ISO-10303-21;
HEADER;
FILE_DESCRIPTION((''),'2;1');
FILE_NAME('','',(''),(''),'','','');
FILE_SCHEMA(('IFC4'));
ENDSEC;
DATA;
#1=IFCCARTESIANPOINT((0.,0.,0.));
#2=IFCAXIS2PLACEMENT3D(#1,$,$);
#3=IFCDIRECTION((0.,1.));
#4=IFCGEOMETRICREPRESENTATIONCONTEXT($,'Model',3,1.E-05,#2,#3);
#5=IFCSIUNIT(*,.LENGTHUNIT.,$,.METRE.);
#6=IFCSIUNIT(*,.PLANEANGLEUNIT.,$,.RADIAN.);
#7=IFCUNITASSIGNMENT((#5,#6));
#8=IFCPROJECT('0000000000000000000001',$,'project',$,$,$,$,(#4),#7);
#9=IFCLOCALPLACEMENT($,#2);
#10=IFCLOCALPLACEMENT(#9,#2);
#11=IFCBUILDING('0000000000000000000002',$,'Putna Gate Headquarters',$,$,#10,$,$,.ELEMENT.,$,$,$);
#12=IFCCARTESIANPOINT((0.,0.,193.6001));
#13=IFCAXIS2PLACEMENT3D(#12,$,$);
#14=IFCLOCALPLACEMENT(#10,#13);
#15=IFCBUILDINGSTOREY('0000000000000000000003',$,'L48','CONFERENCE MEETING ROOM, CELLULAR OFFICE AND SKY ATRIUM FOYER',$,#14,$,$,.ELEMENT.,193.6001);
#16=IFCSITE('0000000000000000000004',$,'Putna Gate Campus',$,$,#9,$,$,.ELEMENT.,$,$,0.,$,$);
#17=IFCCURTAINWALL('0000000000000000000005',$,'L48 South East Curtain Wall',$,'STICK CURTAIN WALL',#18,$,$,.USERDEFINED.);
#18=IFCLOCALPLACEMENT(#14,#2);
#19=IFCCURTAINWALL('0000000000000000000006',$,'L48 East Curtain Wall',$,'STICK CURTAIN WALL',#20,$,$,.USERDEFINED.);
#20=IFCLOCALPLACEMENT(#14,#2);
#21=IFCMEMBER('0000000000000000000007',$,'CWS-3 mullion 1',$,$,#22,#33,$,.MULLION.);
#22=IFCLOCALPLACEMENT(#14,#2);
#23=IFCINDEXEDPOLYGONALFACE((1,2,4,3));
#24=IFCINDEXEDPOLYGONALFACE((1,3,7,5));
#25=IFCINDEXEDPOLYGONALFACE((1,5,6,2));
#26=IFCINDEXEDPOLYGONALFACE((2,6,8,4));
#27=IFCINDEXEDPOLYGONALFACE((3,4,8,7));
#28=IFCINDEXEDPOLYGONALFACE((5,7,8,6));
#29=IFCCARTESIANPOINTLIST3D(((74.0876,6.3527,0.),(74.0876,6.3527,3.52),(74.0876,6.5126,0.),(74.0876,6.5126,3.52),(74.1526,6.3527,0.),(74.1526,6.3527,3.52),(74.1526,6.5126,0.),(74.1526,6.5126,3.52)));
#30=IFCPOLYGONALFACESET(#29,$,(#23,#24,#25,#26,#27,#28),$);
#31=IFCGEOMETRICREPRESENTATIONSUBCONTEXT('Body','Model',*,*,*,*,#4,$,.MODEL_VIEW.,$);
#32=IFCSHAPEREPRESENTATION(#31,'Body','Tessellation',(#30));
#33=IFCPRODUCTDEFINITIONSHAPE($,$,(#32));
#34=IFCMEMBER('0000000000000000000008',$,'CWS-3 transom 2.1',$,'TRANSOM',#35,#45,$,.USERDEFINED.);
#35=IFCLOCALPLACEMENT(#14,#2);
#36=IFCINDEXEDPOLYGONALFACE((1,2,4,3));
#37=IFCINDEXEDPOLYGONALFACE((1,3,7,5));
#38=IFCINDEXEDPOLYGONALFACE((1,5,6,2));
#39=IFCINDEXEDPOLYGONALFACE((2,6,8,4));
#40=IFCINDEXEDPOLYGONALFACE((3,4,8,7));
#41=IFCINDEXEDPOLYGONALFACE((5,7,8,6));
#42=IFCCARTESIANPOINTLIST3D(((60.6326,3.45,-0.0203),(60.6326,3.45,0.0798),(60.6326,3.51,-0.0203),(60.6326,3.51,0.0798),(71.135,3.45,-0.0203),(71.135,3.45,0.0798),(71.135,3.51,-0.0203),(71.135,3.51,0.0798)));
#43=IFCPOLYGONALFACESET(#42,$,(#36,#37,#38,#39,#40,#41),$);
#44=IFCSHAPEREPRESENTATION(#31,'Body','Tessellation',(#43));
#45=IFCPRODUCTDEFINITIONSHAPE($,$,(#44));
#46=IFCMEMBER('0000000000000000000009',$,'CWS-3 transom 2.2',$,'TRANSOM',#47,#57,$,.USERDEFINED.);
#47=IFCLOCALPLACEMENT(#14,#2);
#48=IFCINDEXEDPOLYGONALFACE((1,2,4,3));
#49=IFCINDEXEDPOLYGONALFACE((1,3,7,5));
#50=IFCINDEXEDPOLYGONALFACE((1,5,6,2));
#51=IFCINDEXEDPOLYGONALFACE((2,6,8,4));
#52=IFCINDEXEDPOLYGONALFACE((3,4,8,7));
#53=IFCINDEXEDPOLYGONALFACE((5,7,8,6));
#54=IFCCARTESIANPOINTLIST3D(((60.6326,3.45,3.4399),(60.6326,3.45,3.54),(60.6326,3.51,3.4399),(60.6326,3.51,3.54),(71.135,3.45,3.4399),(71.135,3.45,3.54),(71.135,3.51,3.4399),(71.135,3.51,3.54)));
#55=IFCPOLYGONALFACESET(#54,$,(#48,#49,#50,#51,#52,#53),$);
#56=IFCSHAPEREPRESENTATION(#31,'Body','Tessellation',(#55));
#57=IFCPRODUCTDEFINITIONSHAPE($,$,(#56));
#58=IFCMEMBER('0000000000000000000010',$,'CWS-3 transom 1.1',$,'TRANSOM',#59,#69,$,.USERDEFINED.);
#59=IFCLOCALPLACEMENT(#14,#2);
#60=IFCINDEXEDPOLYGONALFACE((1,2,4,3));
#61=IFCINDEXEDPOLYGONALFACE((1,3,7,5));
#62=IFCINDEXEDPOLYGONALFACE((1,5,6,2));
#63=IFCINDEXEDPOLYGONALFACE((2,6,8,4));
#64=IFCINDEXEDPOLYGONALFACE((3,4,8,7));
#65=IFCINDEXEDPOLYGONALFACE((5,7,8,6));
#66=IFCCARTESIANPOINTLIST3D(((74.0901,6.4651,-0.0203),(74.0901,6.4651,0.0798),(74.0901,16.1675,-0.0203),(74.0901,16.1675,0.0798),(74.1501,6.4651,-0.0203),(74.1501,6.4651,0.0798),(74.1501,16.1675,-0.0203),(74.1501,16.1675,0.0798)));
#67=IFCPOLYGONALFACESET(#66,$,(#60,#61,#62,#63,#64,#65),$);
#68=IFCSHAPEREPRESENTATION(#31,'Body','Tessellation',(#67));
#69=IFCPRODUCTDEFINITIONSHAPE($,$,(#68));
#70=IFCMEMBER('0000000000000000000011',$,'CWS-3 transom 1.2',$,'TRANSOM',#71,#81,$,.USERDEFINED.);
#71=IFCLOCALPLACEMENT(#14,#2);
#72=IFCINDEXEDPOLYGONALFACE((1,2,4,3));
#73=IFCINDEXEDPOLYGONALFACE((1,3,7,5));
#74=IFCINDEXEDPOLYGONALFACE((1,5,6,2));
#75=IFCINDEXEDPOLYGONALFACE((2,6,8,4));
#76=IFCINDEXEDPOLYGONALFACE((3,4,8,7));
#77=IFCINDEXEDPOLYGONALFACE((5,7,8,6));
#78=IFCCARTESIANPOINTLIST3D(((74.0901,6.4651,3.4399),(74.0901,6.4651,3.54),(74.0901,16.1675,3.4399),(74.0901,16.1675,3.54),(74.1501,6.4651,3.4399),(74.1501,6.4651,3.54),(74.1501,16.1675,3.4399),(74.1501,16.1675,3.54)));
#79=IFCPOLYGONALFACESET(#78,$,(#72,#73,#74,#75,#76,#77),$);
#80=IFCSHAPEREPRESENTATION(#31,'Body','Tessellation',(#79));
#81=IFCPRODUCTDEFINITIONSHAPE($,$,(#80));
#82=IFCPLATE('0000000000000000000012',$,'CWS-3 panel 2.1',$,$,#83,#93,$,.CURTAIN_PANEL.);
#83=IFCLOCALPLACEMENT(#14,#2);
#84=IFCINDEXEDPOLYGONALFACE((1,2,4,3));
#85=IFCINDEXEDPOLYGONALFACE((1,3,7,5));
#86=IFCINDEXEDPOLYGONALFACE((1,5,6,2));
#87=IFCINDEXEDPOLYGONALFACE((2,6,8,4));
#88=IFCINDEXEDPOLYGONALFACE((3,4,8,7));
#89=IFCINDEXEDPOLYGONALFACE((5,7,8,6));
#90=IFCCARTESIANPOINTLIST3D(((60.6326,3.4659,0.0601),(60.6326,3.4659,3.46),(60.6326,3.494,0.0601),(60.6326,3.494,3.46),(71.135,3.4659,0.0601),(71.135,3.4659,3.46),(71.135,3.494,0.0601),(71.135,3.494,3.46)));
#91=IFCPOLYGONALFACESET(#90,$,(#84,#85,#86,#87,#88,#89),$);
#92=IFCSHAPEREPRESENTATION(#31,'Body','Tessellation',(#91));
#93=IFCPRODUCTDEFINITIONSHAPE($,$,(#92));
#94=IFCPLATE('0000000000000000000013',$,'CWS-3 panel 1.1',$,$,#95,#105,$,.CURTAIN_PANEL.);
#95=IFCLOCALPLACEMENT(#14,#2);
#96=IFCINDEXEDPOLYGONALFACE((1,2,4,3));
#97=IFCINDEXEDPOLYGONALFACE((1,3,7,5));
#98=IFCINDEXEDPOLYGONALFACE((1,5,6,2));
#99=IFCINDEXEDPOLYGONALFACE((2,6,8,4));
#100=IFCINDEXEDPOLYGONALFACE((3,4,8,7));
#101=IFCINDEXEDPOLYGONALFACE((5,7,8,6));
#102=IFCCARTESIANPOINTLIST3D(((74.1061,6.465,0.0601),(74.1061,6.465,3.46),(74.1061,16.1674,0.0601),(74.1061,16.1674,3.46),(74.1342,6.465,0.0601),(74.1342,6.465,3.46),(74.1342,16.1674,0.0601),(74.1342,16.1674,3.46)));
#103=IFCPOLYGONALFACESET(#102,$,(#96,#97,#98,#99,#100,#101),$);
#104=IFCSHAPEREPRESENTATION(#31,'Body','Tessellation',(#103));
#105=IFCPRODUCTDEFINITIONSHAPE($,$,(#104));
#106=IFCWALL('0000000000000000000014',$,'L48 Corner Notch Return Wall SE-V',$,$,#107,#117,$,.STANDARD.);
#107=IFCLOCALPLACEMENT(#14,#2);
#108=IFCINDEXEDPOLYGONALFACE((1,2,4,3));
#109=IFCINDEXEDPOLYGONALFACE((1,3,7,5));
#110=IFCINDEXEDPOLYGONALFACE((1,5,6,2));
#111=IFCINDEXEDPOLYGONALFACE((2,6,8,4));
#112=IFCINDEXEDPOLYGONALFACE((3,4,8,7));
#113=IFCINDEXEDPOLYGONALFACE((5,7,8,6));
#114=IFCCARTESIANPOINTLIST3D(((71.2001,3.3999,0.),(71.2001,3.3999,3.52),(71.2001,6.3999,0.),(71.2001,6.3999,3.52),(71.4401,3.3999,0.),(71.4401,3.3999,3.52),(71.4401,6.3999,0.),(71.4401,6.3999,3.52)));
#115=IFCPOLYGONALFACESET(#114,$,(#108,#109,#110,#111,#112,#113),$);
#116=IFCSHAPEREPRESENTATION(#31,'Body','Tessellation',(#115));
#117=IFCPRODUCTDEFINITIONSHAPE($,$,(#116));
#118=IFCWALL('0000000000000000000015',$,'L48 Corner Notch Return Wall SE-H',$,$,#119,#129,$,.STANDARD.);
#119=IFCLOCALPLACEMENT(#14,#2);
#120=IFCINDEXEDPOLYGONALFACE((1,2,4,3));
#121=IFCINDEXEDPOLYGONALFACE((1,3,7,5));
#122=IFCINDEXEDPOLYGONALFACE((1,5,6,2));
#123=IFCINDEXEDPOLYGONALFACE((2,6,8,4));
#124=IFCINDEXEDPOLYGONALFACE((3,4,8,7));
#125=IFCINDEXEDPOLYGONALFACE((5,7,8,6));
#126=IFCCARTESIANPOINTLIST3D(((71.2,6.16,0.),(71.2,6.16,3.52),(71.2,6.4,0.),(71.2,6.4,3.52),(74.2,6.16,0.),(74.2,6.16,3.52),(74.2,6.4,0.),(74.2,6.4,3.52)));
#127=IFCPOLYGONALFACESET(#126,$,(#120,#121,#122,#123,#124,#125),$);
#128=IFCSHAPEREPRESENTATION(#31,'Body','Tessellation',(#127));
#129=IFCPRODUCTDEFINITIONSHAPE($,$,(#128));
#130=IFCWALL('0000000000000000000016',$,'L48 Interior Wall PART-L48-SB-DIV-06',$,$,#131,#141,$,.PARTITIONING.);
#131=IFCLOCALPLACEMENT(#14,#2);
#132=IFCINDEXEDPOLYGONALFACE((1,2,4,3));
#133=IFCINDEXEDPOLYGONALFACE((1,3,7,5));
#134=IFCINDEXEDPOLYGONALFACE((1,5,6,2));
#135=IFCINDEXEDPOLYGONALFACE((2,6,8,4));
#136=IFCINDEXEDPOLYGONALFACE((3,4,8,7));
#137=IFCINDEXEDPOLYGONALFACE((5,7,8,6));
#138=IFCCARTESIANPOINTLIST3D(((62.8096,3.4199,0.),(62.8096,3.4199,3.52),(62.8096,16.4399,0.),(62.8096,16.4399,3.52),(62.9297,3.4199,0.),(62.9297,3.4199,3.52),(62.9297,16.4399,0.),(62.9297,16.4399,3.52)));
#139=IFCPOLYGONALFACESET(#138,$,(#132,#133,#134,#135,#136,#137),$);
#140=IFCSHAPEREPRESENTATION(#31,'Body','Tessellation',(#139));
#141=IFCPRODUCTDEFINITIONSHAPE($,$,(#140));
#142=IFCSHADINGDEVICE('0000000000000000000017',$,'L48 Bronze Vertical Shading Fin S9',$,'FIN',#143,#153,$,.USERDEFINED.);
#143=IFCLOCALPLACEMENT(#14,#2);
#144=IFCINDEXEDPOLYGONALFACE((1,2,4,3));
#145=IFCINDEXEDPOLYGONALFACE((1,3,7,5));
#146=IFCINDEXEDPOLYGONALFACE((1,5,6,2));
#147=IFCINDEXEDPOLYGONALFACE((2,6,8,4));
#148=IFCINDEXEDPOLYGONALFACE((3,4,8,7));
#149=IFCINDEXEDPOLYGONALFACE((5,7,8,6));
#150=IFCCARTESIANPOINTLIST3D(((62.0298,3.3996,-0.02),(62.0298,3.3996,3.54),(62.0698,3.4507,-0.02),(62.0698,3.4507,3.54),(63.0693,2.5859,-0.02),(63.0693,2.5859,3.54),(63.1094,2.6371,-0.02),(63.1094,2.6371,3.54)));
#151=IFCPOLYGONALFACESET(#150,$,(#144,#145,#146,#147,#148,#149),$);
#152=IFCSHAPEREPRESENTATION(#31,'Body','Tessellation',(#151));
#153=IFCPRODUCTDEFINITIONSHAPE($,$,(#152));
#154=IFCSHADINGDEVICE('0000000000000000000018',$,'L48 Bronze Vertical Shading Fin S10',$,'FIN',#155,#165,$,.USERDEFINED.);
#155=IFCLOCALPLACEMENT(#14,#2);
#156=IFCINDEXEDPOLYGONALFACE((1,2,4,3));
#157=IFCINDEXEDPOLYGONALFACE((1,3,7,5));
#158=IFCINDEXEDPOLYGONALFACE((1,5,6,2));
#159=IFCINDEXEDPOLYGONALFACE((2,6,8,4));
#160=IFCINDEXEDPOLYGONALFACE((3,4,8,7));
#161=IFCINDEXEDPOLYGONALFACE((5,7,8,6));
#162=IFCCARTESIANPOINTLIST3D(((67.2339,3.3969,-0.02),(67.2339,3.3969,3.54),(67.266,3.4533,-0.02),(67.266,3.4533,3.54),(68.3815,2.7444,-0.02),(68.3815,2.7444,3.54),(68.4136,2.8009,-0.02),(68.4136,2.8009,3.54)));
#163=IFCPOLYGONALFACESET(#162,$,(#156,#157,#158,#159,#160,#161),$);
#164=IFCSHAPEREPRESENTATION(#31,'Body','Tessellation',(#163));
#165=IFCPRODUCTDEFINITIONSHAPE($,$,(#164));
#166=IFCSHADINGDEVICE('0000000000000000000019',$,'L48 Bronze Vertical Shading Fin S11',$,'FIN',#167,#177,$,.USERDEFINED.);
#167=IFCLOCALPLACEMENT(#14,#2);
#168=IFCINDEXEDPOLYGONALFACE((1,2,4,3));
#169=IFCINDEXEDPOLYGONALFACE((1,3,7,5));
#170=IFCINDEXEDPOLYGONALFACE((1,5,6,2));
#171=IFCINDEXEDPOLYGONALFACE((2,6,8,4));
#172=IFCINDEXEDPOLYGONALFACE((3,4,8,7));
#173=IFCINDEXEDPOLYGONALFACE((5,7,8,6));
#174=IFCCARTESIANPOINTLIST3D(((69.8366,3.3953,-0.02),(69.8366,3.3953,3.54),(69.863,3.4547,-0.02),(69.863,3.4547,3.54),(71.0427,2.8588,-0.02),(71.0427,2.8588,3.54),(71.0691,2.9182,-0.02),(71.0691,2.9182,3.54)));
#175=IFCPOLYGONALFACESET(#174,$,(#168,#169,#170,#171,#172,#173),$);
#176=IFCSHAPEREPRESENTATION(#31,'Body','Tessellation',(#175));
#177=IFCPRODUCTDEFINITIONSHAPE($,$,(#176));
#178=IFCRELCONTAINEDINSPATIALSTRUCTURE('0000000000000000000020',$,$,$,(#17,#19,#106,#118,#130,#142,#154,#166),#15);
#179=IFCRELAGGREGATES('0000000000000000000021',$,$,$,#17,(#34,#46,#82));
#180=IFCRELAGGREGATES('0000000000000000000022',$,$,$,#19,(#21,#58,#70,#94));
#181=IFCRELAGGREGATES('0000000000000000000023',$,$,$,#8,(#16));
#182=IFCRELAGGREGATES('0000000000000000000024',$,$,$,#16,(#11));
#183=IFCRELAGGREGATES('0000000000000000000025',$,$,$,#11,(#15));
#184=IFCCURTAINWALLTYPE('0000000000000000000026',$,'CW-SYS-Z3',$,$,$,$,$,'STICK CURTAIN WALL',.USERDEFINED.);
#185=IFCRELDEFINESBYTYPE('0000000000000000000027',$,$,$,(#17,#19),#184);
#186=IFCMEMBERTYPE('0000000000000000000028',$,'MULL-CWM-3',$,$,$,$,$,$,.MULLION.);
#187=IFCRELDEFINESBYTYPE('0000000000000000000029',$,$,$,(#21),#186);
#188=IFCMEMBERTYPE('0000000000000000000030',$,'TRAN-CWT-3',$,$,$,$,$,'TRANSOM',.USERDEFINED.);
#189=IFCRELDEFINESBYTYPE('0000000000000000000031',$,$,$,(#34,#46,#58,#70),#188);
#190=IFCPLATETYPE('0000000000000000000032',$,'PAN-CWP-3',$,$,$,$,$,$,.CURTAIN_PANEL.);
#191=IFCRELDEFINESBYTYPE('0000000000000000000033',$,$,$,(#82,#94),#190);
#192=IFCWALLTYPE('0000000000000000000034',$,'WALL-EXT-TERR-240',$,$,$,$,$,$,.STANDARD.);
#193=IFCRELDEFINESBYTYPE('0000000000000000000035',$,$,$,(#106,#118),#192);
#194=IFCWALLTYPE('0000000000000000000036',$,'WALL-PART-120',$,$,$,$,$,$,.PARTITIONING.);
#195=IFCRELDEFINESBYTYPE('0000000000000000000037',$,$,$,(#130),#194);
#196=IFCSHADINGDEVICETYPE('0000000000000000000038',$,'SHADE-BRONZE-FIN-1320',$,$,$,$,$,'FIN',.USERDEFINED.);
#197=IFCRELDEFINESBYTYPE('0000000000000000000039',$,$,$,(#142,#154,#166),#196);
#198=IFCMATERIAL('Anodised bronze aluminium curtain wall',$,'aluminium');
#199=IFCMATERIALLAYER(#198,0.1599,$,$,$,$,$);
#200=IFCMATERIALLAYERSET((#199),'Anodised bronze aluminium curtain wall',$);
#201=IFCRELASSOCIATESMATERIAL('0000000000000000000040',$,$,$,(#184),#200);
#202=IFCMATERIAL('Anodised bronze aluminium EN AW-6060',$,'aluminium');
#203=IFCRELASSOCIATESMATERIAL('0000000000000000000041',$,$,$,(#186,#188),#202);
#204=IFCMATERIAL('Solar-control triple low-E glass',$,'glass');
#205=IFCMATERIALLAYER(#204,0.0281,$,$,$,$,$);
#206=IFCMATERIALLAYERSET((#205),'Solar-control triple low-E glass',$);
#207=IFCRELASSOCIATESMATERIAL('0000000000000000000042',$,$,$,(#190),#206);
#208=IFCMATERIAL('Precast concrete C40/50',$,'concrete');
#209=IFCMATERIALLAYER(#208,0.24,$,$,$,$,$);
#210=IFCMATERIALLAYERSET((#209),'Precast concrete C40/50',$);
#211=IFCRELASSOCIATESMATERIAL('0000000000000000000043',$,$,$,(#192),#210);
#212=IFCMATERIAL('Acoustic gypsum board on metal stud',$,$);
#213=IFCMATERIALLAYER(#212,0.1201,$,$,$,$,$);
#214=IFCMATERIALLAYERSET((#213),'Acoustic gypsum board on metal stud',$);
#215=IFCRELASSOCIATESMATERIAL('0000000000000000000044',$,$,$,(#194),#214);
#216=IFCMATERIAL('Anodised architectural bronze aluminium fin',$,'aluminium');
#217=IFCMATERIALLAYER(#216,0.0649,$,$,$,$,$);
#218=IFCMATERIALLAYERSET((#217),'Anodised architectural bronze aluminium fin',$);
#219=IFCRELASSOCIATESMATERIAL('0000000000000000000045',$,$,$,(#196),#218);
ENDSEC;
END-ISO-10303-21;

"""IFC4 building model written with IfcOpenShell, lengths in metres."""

from ifc_helpers import new_model, si_unit, direction, frame, frame_2d, origin, origin_2d, place, context, subcontext, project, spatial, rectangle, extrude, material, layer, layer_set, material_profile, profile_set, type_object, element, aggregate, save


model = new_model("IFC4")

# Units and contexts
model_context = context("Model", 3, precision=1e-05, world=origin(), true_north=direction((0.0, 1.0)))
body_context = subcontext(model_context, "Body", "Model", "MODEL_VIEW")
ifc_project = project(units=[si_unit("LENGTHUNIT", "METRE"), si_unit("PLANEANGLEUNIT", "RADIAN")], contexts=[model_context])

# Site, building, storey
site_placement = place(None, origin())
site = spatial("IfcSite", under=ifc_project, at=site_placement, Name="Putna Gate Campus", CompositionType="ELEMENT", RefElevation=0.0)
building_placement = place(site_placement, origin())
building = spatial("IfcBuilding", under=site, at=building_placement, Name="Putna Gate Headquarters", CompositionType="ELEMENT")
storey_placement = place(building_placement, frame((0.0, 0.0, 193.6001)))
storey = spatial("IfcBuildingStorey", under=building, at=storey_placement, Name="L48", Description="CONFERENCE MEETING ROOM, CELLULAR OFFICE AND SKY ATRIUM FOYER", CompositionType="ELEMENT", Elevation=193.6001)

# Curtain wall
ifc_material_1 = material(Name="Anodised bronze aluminium curtain wall", Category="aluminium")
ifc_layer_1 = layer(ifc_material_1, 0.1599)
ifc_layer_set_1 = layer_set([ifc_layer_1], Name="Anodised bronze aluminium curtain wall")
curtain_wall_type = type_object("IfcCurtainWallType", Name="CW-SYS-Z3", ElementType="STICK CURTAIN WALL", PredefinedType="USERDEFINED", material=ifc_layer_set_1)
curtain_wall_1_placement = place(storey_placement, origin())
curtain_wall_1 = element("IfcCurtainWall", 1, at=curtain_wall_1_placement, inside=storey, type_object=curtain_wall_type, Name="L48 South East Curtain Wall", ObjectType="STICK CURTAIN WALL", PredefinedType="USERDEFINED")
ifc_material_2 = material(Name="Anodised bronze aluminium EN AW-6060", Category="aluminium")
ifc_material_profile_1 = material_profile(ifc_material_2, rectangle(XDim=0.0649, YDim=0.1599, at=origin_2d()), Name="Anodised bronze aluminium EN AW-6060")
ifc_profile_set_1 = profile_set([ifc_material_profile_1], Name="Anodised bronze aluminium EN AW-6060")
member_type_1 = type_object("IfcMemberType", Name="MULL-CWM-3", PredefinedType="MULLION", material=ifc_profile_set_1)

# Curtain wall, member
curtain_wall_2_placement = place(storey_placement, origin())
curtain_wall_2 = element("IfcCurtainWall", 2, at=curtain_wall_2_placement, inside=storey, type_object=curtain_wall_type, Name="L48 East Curtain Wall", ObjectType="STICK CURTAIN WALL", PredefinedType="USERDEFINED")
member_1_placement = place(storey_placement, frame((74.1201, 6.4326, 0.0), z_axis=(0.0, 0.0, 1.0), x_axis=(-1.0, 0.0, 0.0)))
member_1 = element("IfcMember", 3, at=member_1_placement, type_object=member_type_1, Name="CWS-3 mullion 1", PredefinedType="MULLION", context=body_context, shape_type="SweptSolid", body=[
    extrude(rectangle(XDim=0.0649, YDim=0.1599, at=origin_2d()), origin(), (0.0, 0.0, 1.0), 3.52),
])

# Members
ifc_material_profile_2 = material_profile(ifc_material_2, rectangle(XDim=0.0601, YDim=0.1001, at=origin_2d()), Name="Anodised bronze aluminium EN AW-6060")
ifc_profile_set_2 = profile_set([ifc_material_profile_2], Name="Anodised bronze aluminium EN AW-6060")
member_type_2 = type_object("IfcMemberType", Name="TRAN-CWT-3", ElementType="TRANSOM", PredefinedType="USERDEFINED", material=ifc_profile_set_2)
member_2_placement = place(storey_placement, frame((60.6326, 3.48, 0.0298), z_axis=(1.0, 0.0, 0.0), x_axis=(0.0, 1.0, 0.0)))
member_2 = element("IfcMember", 4, at=member_2_placement, type_object=member_type_2, Name="CWS-3 transom 2.1", ObjectType="TRANSOM", PredefinedType="USERDEFINED", context=body_context, shape_type="SweptSolid", body=[
    extrude(rectangle(XDim=0.0601, YDim=0.1001, at=origin_2d()), origin(), (0.0, 0.0, 1.0), 10.5024),
])
member_3_placement = place(storey_placement, frame((60.6326, 3.48, 3.49), z_axis=(1.0, 0.0, 0.0), x_axis=(0.0, 1.0, 0.0)))
member_3 = element("IfcMember", 5, at=member_3_placement, type_object=member_type_2, Name="CWS-3 transom 2.2", ObjectType="TRANSOM", PredefinedType="USERDEFINED", context=body_context, shape_type="SweptSolid", body=[
    extrude(rectangle(XDim=0.0601, YDim=0.1001, at=origin_2d()), origin(), (0.0, 0.0, 1.0), 10.5024),
])
member_4_placement = place(storey_placement, frame((74.1201, 6.4651, 0.0298), z_axis=(0.0, 1.0, 0.0), x_axis=(-1.0, 0.0, 0.0)))
member_4 = element("IfcMember", 6, at=member_4_placement, type_object=member_type_2, Name="CWS-3 transom 1.1", ObjectType="TRANSOM", PredefinedType="USERDEFINED", context=body_context, shape_type="SweptSolid", body=[
    extrude(rectangle(XDim=0.0601, YDim=0.1001, at=origin_2d()), origin(), (0.0, 0.0, 1.0), 9.7024),
])
member_5_placement = place(storey_placement, frame((74.1201, 6.4651, 3.49), z_axis=(0.0, 1.0, 0.0), x_axis=(-1.0, 0.0, 0.0)))
member_5 = element("IfcMember", 7, at=member_5_placement, type_object=member_type_2, Name="CWS-3 transom 1.2", ObjectType="TRANSOM", PredefinedType="USERDEFINED", context=body_context, shape_type="SweptSolid", body=[
    extrude(rectangle(XDim=0.0601, YDim=0.1001, at=origin_2d()), origin(), (0.0, 0.0, 1.0), 9.7024),
])

# Plates
ifc_material_3 = material(Name="Solar-control triple low-E glass", Category="glass")
ifc_layer_2 = layer(ifc_material_3, 0.0281)
ifc_layer_set_2 = layer_set([ifc_layer_2], Name="Solar-control triple low-E glass")
plate_type = type_object("IfcPlateType", Name="PAN-CWP-3", PredefinedType="CURTAIN_PANEL", material=ifc_layer_set_2)
plate_1_placement = place(storey_placement, frame((65.8838, 3.48, 0.0601), z_axis=(0.0, 0.0, 1.0), x_axis=(1.0, 0.0, 0.0)))
plate_1 = element("IfcPlate", 8, at=plate_1_placement, type_object=plate_type, Name="CWS-3 panel 2.1", PredefinedType="CURTAIN_PANEL", context=body_context, shape_type="SweptSolid", body=[
    extrude(rectangle(XDim=10.5024, YDim=0.0281, at=origin_2d()), origin(), (0.0, 0.0, 1.0), 3.3999),
])
aggregate(curtain_wall_1, [member_2, member_3, plate_1])
plate_2_placement = place(storey_placement, frame((74.1201, 11.3162, 0.0601), z_axis=(0.0, 0.0, 1.0), x_axis=(0.0, 1.0, 0.0)))
plate_2 = element("IfcPlate", 9, at=plate_2_placement, type_object=plate_type, Name="CWS-3 panel 1.1", PredefinedType="CURTAIN_PANEL", context=body_context, shape_type="SweptSolid", body=[
    extrude(rectangle(XDim=9.7024, YDim=0.0281, at=origin_2d()), origin(), (0.0, 0.0, 1.0), 3.3999),
])
aggregate(curtain_wall_2, [member_1, member_4, member_5, plate_2])

# Walls
ifc_material_4 = material(Name="Precast concrete C40/50", Category="concrete")
ifc_layer_3 = layer(ifc_material_4, 0.24)
ifc_layer_set_3 = layer_set([ifc_layer_3], Name="Precast concrete C40/50")
wall_type_1 = type_object("IfcWallType", Name="WALL-EXT-TERR-240", PredefinedType="STANDARD", material=ifc_layer_set_3)
for number, where, z_axis, x_axis, name in (
    (10, (71.3201, 6.3999, 0.0), (0.0, 0.0, 1.0), (0.0, -1.0, 0.0), "L48 Corner Notch Return Wall SE-V"),
    (11, (74.2, 6.28, 0.0), (0.0, 0.0, 1.0), (-1.0, 0.0, 0.0), "L48 Corner Notch Return Wall SE-H"),
):
    element("IfcWall", number, at=place(storey_placement, frame(where, z_axis=z_axis, x_axis=x_axis)), inside=storey, type_object=wall_type_1, Name=name, PredefinedType="STANDARD", context=body_context, shape_type="SweptSolid", body=[
        extrude(rectangle(XDim=3.0, YDim=0.24, at=frame_2d((1.5, 0.0))), origin(), (0.0, 0.0, 1.0), 3.52),
    ])
ifc_material_5 = material(Name="Acoustic gypsum board on metal stud")
ifc_layer_4 = layer(ifc_material_5, 0.1201)
ifc_layer_set_4 = layer_set([ifc_layer_4], Name="Acoustic gypsum board on metal stud")
wall_type_2 = type_object("IfcWallType", Name="WALL-PART-120", PredefinedType="PARTITIONING", material=ifc_layer_set_4)
wall_placement = place(storey_placement, frame((62.8696, 3.4199, 0.0), z_axis=(0.0, 0.0, 1.0), x_axis=(0.0, 1.0, 0.0)))
element("IfcWall", 12, at=wall_placement, inside=storey, type_object=wall_type_2, Name="L48 Interior Wall PART-L48-SB-DIV-06", PredefinedType="PARTITIONING", context=body_context, shape_type="SweptSolid", body=[
    extrude(rectangle(XDim=13.02, YDim=0.1201, at=frame_2d((6.51, 0.0))), origin(), (0.0, 0.0, 1.0), 3.52),
])

# Shading devices
ifc_material_6 = material(Name="Anodised architectural bronze aluminium fin", Category="aluminium")
ifc_layer_5 = layer(ifc_material_6, 0.0649)
ifc_layer_set_5 = layer_set([ifc_layer_5], Name="Anodised architectural bronze aluminium fin")
shading_device_type = type_object("IfcShadingDeviceType", Name="SHADE-BRONZE-FIN-1320", ElementType="FIN", PredefinedType="USERDEFINED", material=ifc_layer_set_5)
for number, where, z_axis, x_axis, name in (
    (13, (62.5696, 3.0183, -0.02), (0.0, 0.0, 1.0), (0.787473, -0.616349, 0.0), "L48 Bronze Vertical Shading Fin S9"),
    (14, (67.8237, 3.0989, -0.02), (0.0, 0.0, 1.0), (0.869322, -0.494245, 0.0), "L48 Bronze Vertical Shading Fin S10"),
    (15, (70.4529, 3.1567, -0.02), (0.0, 0.0, 1.0), (0.913687, -0.406418, 0.0), "L48 Bronze Vertical Shading Fin S11"),
):
    element("IfcShadingDevice", number, at=place(storey_placement, frame(where, z_axis=z_axis, x_axis=x_axis)), inside=storey, type_object=shading_device_type, Name=name, ObjectType="FIN", PredefinedType="USERDEFINED", context=body_context, shape_type="SweptSolid", body=[
        extrude(rectangle(XDim=1.3201, YDim=0.0649, at=origin_2d()), origin(), (0.0, 0.0, 1.0), 3.5601),
    ])

save(model, "model.ifc")
